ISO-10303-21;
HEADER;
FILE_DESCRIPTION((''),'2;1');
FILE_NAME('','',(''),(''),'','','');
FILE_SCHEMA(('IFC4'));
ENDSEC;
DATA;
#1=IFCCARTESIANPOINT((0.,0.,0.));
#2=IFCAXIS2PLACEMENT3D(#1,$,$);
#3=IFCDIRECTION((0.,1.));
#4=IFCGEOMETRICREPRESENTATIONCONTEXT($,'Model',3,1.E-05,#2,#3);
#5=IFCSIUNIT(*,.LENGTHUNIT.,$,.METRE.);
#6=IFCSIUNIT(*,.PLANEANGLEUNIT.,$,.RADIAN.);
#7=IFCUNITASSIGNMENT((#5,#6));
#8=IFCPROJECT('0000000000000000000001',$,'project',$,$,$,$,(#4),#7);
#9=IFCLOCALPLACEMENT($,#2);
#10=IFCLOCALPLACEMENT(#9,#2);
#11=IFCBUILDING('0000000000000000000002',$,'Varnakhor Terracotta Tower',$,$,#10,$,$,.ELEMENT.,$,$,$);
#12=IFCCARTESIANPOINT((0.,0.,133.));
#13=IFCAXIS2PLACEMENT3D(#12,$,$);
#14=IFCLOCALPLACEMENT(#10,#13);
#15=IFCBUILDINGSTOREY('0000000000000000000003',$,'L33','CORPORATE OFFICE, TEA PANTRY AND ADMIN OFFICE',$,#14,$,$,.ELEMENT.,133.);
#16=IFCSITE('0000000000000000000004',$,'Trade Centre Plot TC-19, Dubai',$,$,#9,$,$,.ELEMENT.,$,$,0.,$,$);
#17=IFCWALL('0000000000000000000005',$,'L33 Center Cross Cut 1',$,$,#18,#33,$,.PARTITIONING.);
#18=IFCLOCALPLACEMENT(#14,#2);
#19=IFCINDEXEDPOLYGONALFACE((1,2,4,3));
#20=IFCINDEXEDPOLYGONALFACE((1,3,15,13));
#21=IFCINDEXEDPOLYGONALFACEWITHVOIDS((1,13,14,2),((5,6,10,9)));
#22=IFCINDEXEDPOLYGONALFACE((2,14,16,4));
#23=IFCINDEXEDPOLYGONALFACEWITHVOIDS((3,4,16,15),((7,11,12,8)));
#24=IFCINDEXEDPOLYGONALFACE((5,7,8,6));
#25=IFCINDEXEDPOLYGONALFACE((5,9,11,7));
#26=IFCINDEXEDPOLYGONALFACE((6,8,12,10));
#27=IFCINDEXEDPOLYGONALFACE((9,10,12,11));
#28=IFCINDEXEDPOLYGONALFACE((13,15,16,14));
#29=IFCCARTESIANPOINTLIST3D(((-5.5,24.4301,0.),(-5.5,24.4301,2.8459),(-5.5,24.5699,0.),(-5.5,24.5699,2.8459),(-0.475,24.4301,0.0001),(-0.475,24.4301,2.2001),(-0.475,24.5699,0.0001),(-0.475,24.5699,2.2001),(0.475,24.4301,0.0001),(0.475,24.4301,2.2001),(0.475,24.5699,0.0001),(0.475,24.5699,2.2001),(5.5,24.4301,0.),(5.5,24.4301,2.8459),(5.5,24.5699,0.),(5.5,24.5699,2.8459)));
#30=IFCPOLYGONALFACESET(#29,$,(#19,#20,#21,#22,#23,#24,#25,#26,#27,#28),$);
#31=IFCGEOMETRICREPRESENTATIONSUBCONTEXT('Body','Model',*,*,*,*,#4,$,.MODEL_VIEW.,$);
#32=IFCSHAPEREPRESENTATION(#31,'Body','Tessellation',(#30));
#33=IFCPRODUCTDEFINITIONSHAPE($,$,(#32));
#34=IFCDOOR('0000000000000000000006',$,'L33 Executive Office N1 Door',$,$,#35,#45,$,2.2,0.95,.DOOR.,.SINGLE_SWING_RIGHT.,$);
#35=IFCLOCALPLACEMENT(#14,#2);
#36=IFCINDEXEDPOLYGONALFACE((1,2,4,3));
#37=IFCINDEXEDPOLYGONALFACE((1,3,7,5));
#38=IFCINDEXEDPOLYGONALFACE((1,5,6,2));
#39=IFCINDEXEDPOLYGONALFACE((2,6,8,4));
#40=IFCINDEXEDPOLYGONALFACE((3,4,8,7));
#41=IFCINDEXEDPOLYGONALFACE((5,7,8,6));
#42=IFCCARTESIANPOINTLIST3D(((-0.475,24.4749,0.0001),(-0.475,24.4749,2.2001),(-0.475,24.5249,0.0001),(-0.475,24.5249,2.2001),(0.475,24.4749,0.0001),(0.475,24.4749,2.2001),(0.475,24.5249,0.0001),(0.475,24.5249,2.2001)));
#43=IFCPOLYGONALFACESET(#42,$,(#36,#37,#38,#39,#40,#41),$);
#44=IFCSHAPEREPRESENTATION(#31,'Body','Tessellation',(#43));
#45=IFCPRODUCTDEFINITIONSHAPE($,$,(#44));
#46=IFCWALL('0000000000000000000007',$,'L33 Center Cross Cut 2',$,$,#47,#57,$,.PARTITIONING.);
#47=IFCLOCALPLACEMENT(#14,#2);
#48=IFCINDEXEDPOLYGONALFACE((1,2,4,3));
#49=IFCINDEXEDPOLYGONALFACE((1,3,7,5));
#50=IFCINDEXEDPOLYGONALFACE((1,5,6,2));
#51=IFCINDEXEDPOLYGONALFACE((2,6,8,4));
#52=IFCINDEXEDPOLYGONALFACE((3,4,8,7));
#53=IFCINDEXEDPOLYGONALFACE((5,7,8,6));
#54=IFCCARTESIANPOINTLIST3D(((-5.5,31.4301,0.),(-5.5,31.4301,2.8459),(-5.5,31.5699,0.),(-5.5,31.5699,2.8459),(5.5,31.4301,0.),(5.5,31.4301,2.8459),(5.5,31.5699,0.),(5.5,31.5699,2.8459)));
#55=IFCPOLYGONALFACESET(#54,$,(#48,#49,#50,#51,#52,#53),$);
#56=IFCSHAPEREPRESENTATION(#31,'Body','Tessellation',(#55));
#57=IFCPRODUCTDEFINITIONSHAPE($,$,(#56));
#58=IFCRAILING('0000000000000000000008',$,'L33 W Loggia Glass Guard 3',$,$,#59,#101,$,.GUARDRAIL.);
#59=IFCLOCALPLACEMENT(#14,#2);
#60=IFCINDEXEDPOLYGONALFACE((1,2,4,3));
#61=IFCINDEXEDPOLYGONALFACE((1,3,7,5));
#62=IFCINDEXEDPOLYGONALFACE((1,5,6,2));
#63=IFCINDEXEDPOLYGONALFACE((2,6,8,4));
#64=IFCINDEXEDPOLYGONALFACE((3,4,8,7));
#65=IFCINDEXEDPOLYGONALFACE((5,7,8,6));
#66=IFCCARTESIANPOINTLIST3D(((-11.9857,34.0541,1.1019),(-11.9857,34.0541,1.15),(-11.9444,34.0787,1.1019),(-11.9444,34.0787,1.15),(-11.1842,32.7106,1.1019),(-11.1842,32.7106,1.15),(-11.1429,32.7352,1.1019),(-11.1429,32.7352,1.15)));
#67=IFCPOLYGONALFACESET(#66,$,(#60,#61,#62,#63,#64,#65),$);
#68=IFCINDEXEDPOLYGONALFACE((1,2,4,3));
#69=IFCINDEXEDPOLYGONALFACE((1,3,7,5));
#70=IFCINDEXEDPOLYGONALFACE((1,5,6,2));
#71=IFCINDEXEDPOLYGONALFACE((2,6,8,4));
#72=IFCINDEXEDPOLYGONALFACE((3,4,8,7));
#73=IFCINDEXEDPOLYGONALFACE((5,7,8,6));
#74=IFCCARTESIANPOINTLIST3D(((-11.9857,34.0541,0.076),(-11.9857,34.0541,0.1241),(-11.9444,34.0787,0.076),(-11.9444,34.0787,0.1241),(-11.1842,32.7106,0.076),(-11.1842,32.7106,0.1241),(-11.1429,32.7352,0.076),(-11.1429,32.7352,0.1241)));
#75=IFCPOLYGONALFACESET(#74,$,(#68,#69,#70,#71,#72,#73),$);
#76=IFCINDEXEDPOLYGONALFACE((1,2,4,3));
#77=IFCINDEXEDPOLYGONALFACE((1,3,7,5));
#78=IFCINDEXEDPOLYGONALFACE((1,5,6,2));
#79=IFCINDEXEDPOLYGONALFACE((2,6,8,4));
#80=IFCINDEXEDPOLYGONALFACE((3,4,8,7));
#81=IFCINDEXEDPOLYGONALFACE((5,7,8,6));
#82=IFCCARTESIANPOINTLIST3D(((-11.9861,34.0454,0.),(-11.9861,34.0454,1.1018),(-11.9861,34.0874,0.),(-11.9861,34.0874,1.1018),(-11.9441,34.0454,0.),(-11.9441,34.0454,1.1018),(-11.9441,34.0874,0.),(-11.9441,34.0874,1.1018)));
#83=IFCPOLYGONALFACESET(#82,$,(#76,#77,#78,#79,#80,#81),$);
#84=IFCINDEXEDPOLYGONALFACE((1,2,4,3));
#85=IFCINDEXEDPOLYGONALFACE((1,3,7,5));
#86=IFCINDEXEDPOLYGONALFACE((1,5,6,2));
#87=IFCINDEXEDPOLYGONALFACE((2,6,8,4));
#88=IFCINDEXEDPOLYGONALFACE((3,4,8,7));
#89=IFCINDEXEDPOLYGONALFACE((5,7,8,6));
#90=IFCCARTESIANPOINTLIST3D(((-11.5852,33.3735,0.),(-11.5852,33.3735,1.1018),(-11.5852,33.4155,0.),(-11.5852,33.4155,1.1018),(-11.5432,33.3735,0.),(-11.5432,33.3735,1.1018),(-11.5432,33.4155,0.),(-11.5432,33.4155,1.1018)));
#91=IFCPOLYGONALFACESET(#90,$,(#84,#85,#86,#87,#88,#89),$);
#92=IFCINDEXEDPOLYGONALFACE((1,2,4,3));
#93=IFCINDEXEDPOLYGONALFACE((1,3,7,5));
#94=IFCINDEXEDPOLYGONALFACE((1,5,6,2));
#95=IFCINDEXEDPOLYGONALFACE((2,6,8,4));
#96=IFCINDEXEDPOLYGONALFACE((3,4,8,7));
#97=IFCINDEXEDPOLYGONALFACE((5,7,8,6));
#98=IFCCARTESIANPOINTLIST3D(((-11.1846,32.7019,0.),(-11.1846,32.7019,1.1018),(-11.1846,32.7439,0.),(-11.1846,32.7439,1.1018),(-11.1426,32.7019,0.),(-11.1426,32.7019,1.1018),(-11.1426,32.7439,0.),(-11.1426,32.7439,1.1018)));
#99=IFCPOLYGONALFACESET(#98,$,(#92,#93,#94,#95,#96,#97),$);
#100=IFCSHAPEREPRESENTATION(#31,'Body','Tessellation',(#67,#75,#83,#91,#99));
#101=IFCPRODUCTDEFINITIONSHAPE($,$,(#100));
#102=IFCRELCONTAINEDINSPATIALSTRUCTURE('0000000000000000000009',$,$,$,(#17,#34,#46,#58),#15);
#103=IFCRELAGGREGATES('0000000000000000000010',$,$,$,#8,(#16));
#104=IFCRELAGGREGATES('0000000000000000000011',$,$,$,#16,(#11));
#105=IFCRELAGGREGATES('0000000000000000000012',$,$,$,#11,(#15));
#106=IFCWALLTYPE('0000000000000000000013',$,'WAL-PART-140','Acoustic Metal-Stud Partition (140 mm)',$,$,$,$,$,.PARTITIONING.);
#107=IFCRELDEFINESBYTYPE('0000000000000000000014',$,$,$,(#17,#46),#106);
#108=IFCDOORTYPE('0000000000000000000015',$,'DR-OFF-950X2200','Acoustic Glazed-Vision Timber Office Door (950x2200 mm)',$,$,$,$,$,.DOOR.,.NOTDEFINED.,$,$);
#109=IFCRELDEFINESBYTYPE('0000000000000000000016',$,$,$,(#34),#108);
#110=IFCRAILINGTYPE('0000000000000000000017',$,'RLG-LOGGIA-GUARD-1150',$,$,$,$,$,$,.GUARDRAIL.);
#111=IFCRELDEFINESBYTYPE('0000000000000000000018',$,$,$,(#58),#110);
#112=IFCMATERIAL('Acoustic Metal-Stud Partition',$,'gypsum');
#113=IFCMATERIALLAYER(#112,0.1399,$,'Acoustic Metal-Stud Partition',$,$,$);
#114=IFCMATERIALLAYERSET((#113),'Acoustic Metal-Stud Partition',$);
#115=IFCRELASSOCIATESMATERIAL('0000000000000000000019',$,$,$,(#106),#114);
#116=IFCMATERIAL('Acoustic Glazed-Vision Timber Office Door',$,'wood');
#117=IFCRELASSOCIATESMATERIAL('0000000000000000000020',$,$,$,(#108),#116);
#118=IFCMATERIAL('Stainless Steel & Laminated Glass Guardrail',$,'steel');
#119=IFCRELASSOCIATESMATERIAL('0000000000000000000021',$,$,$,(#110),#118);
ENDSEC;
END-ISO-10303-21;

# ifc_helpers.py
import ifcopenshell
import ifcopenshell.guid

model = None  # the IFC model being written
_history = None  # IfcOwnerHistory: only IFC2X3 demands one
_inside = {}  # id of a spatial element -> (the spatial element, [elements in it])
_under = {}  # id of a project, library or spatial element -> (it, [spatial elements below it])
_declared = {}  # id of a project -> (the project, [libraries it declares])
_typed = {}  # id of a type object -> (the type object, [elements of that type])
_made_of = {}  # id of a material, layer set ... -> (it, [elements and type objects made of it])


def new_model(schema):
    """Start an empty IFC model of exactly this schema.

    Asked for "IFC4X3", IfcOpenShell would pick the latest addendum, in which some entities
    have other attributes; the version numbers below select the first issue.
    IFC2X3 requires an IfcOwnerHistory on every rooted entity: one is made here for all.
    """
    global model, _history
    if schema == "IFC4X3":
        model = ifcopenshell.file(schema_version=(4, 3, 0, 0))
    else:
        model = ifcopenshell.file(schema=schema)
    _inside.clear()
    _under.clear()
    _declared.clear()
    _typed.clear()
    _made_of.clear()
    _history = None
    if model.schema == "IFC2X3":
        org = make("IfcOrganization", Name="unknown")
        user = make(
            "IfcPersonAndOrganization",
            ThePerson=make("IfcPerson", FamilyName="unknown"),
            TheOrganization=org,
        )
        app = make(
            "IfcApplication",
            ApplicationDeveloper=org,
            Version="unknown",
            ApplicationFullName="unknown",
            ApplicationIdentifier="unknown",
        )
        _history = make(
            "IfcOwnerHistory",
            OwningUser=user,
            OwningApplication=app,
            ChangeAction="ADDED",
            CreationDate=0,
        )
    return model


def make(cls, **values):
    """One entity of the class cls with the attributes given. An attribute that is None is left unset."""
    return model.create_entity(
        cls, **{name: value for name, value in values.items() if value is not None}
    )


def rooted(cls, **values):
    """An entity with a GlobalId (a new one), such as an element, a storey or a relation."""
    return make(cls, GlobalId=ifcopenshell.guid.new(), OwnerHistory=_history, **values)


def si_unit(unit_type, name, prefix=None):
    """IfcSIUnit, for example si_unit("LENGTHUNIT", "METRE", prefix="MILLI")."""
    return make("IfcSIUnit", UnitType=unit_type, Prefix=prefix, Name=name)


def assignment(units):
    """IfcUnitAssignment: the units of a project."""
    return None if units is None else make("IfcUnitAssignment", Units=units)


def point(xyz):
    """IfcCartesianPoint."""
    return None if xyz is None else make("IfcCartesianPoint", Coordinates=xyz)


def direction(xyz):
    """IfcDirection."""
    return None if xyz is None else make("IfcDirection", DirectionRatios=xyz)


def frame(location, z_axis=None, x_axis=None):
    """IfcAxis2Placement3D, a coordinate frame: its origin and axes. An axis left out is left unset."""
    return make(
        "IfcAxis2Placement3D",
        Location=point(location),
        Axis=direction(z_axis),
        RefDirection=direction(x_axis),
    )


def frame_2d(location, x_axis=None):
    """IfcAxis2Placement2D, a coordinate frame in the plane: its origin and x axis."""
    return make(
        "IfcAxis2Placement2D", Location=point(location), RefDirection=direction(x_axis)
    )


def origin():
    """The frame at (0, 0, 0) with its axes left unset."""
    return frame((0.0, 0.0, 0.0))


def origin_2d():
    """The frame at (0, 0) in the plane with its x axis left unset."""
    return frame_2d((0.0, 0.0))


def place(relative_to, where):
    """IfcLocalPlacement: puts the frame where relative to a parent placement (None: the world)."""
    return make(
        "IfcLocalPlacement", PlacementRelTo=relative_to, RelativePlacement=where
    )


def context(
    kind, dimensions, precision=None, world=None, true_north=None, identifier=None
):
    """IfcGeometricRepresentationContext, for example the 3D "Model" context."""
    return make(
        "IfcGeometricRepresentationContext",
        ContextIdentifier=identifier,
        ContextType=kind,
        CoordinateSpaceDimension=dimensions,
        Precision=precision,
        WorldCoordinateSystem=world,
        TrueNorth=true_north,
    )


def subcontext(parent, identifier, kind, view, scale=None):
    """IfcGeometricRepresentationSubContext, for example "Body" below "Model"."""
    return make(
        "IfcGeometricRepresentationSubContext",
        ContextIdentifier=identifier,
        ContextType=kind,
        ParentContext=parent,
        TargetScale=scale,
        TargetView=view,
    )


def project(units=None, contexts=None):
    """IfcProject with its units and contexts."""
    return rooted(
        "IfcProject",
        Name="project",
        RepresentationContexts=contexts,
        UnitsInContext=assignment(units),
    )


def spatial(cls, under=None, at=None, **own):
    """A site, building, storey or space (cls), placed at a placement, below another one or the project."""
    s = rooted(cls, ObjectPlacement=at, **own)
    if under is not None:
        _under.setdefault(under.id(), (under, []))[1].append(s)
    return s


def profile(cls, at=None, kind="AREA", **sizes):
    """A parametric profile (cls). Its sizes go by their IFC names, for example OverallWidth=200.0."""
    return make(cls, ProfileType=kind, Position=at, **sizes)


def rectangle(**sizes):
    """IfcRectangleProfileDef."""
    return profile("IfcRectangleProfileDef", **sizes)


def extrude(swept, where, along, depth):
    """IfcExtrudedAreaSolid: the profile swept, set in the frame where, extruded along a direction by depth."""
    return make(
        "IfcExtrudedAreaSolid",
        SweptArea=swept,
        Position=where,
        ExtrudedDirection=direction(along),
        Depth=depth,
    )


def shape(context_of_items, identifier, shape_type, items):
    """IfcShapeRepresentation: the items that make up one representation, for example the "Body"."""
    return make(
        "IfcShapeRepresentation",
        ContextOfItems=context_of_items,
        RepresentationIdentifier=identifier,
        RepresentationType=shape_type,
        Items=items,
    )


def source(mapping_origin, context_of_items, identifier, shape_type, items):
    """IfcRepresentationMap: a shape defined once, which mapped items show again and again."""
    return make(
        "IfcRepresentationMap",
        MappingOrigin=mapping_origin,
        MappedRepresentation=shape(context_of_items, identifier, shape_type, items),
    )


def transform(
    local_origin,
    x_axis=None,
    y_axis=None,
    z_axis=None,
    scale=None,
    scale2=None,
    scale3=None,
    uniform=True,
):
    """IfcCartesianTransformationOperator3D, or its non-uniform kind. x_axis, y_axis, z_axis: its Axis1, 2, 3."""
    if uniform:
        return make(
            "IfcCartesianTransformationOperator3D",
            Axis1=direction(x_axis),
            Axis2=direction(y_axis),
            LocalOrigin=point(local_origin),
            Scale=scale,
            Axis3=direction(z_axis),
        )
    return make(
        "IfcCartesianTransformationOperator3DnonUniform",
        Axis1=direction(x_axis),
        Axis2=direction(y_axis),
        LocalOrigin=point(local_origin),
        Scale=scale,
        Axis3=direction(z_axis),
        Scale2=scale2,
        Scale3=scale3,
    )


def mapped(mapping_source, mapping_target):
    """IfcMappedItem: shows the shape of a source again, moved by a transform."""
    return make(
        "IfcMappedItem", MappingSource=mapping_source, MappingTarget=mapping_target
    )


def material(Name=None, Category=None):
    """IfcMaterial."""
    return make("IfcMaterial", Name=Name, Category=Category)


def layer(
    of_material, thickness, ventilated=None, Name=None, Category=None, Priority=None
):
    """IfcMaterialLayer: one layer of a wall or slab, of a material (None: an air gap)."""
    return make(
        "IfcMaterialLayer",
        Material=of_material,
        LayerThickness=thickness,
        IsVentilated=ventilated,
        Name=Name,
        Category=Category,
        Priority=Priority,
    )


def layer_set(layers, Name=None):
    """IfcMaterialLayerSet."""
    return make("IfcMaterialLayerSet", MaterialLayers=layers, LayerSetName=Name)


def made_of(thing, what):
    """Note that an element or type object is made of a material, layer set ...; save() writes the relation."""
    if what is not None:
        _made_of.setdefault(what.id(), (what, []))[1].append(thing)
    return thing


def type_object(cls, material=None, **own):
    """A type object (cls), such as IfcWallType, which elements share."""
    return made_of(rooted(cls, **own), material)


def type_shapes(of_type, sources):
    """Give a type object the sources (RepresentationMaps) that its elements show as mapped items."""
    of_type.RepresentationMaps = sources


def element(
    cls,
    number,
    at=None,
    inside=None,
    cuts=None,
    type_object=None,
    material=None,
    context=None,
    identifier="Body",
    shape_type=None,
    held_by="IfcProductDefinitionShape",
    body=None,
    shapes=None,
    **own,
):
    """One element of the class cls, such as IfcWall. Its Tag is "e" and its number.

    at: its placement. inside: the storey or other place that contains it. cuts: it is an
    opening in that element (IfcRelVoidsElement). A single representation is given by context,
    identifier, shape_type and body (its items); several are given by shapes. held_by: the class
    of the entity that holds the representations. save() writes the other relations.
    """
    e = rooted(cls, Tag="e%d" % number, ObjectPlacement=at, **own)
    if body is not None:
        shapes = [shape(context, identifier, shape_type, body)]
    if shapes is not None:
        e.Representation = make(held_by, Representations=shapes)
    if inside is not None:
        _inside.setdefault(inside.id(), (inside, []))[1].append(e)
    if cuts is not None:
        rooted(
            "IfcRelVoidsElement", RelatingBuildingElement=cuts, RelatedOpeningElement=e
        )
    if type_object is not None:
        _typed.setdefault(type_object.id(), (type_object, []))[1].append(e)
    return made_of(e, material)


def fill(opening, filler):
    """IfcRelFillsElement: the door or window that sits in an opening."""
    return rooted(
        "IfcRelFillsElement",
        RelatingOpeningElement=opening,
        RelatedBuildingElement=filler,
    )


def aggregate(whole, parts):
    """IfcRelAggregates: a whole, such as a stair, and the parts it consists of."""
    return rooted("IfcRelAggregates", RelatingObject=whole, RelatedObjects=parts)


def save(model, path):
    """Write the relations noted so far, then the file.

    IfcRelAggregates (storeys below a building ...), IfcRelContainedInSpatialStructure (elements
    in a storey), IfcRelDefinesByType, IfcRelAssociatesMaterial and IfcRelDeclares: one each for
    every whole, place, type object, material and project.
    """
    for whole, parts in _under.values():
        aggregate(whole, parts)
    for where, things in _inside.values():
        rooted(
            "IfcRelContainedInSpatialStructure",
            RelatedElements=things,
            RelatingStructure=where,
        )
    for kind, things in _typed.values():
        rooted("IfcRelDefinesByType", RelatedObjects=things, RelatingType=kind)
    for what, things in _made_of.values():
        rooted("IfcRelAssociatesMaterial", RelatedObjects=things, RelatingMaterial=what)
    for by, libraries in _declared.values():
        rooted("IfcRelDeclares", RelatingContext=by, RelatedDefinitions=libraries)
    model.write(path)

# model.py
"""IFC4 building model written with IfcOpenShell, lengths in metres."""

from ifc_helpers import new_model, si_unit, direction, frame, frame_2d, origin, origin_2d, place, context, subcontext, project, spatial, rectangle, extrude, source, transform, mapped, material, layer, layer_set, type_object, type_shapes, element, fill, save


model = new_model("IFC4")

# Units and contexts
model_context = context("Model", 3, precision=1e-05, world=origin(), true_north=direction((0.0, 1.0)))
body_context = subcontext(model_context, "Body", "Model", "MODEL_VIEW")
ifc_project = project(units=[si_unit("LENGTHUNIT", "METRE"), si_unit("PLANEANGLEUNIT", "RADIAN")], contexts=[model_context])

# Site, building, storey
site_placement = place(None, origin())
site = spatial("IfcSite", under=ifc_project, at=site_placement, Name="Trade Centre Plot TC-19, Dubai", CompositionType="ELEMENT", RefElevation=0.0)
building_placement = place(site_placement, origin())
building = spatial("IfcBuilding", under=site, at=building_placement, Name="Varnakhor Terracotta Tower", CompositionType="ELEMENT")
storey_placement = place(building_placement, frame((0.0, 0.0, 133.0)))
storey = spatial("IfcBuildingStorey", under=building, at=storey_placement, Name="L33", Description="CORPORATE OFFICE, TEA PANTRY AND ADMIN OFFICE", CompositionType="ELEMENT", Elevation=133.0)

# Wall, opening, door
ifc_material_1 = material(Name="Acoustic Metal-Stud Partition", Category="gypsum")
ifc_layer_1 = layer(ifc_material_1, 0.1399, Name="Acoustic Metal-Stud Partition")
ifc_layer_set_1 = layer_set([ifc_layer_1], Name="Acoustic Metal-Stud Partition")
wall_type_1 = type_object("IfcWallType", Name="WAL-PART-140", Description="Acoustic Metal-Stud Partition (140 mm)", PredefinedType="PARTITIONING", material=ifc_layer_set_1)
ifc_material_2 = material(Name="Acoustic Glazed-Vision Timber Office Door", Category="wood")
door_type = type_object("IfcDoorType", Name="DR-OFF-950X2200", Description="Acoustic Glazed-Vision Timber Office Door (950x2200 mm)", OperationType="NOTDEFINED", PredefinedType="DOOR", material=ifc_material_2)
shared_shape_1 = source(origin(), body_context, "Body", "SweptSolid", [
    extrude(rectangle(XDim=0.95, YDim=2.2, at=frame_2d((0.4751, 1.1001))), frame((0.0, 0.0249, 0.0), z_axis=(0.0, -1.0, 0.0), x_axis=(1.0, 0.0, 0.0)), (0.0, 0.0, 1.0), 0.05),
])
type_shapes(door_type, [shared_shape_1])
wall_1_placement = place(storey_placement, frame((-5.5, 24.5, 0.0), z_axis=(0.0, 0.0, 1.0), x_axis=(1.0, 0.0, 0.0)))
wall_1 = element("IfcWall", 1, at=wall_1_placement, inside=storey, type_object=wall_type_1, Name="L33 Center Cross Cut 1", PredefinedType="PARTITIONING", context=body_context, shape_type="SweptSolid", body=[
    extrude(rectangle(XDim=11.0, YDim=0.1399, at=frame_2d((5.5, 0.0))), origin(), (0.0, 0.0, 1.0), 2.8459),
])
opening_1_placement = place(wall_1_placement, frame((5.0249, 0.0, 0.0)))
opening_1 = element("IfcOpeningElement", 2, at=opening_1_placement, cuts=wall_1, PredefinedType="OPENING", context=body_context, shape_type="SweptSolid", body=[
    extrude(rectangle(XDim=0.95, YDim=2.2, at=frame_2d((0.4751, 1.1001))), frame((0.0, 0.0801, 0.0), z_axis=(0.0, -1.0, 0.0), x_axis=(1.0, 0.0, 0.0)), (0.0, 0.0, 1.0), 0.1599),
])
door_1_placement = place(opening_1_placement, origin())
door_1 = element("IfcDoor", 3, at=door_1_placement, inside=storey, type_object=door_type, Name="L33 Executive Office N1 Door", OperationType="SINGLE_SWING_RIGHT", OverallHeight=2.2, OverallWidth=0.95, PredefinedType="DOOR", context=body_context, shape_type="MappedRepresentation", body=[
    mapped(shared_shape_1, transform((0.0, 0.0, 0.0), scale=1.0)),
])
fill(opening_1, door_1)

# Wall
wall_2_placement = place(storey_placement, frame((-5.5, 31.5, 0.0), z_axis=(0.0, 0.0, 1.0), x_axis=(1.0, 0.0, 0.0)))
element("IfcWall", 4, at=wall_2_placement, inside=storey, type_object=wall_type_1, Name="L33 Center Cross Cut 2", PredefinedType="PARTITIONING", context=body_context, shape_type="SweptSolid", body=[
    extrude(rectangle(XDim=11.0, YDim=0.1399, at=frame_2d((5.5, 0.0))), origin(), (0.0, 0.0, 1.0), 2.8459),
])

# Railing
ifc_material_3 = material(Name="Stainless Steel & Laminated Glass Guardrail", Category="steel")
railing_type = type_object("IfcRailingType", Name="RLG-LOGGIA-GUARD-1150", PredefinedType="GUARDRAIL", material=ifc_material_3)
railing_placement = place(storey_placement, frame((-11.9651, 34.0664, 0.0)))
element("IfcRailing", 5, at=railing_placement, inside=storey, type_object=railing_type, Name="L33 W Loggia Glass Guard 3", PredefinedType="GUARDRAIL", context=body_context, shape_type="SweptSolid", body=[
    extrude(rectangle(XDim=0.0481, YDim=0.0481, at=origin_2d()), frame((0.0, 0.0, 1.126), z_axis=(0.512337, -0.858785, 0.0), x_axis=(0.858785, 0.512337, 0.0)), (0.0, 0.0, 1.0), 1.5645),
    extrude(rectangle(XDim=0.0481, YDim=0.0481, at=origin_2d()), frame((0.0, 0.0, 0.1001), z_axis=(0.512337, -0.858785, 0.0), x_axis=(0.858785, 0.512337, 0.0)), (0.0, 0.0, 1.0), 1.5645),
    extrude(rectangle(XDim=0.042, YDim=0.042, at=origin_2d()), origin(), (0.0, 0.0, 1.0), 1.1018),
    extrude(rectangle(XDim=0.042, YDim=0.042, at=origin_2d()), frame((0.4009, -0.6719, 0.0)), (0.0, 0.0, 1.0), 1.1018),
    extrude(rectangle(XDim=0.042, YDim=0.042, at=origin_2d()), frame((0.8015, -1.3435, 0.0)), (0.0, 0.0, 1.0), 1.1018),
])

save(model, "model.ifc")
